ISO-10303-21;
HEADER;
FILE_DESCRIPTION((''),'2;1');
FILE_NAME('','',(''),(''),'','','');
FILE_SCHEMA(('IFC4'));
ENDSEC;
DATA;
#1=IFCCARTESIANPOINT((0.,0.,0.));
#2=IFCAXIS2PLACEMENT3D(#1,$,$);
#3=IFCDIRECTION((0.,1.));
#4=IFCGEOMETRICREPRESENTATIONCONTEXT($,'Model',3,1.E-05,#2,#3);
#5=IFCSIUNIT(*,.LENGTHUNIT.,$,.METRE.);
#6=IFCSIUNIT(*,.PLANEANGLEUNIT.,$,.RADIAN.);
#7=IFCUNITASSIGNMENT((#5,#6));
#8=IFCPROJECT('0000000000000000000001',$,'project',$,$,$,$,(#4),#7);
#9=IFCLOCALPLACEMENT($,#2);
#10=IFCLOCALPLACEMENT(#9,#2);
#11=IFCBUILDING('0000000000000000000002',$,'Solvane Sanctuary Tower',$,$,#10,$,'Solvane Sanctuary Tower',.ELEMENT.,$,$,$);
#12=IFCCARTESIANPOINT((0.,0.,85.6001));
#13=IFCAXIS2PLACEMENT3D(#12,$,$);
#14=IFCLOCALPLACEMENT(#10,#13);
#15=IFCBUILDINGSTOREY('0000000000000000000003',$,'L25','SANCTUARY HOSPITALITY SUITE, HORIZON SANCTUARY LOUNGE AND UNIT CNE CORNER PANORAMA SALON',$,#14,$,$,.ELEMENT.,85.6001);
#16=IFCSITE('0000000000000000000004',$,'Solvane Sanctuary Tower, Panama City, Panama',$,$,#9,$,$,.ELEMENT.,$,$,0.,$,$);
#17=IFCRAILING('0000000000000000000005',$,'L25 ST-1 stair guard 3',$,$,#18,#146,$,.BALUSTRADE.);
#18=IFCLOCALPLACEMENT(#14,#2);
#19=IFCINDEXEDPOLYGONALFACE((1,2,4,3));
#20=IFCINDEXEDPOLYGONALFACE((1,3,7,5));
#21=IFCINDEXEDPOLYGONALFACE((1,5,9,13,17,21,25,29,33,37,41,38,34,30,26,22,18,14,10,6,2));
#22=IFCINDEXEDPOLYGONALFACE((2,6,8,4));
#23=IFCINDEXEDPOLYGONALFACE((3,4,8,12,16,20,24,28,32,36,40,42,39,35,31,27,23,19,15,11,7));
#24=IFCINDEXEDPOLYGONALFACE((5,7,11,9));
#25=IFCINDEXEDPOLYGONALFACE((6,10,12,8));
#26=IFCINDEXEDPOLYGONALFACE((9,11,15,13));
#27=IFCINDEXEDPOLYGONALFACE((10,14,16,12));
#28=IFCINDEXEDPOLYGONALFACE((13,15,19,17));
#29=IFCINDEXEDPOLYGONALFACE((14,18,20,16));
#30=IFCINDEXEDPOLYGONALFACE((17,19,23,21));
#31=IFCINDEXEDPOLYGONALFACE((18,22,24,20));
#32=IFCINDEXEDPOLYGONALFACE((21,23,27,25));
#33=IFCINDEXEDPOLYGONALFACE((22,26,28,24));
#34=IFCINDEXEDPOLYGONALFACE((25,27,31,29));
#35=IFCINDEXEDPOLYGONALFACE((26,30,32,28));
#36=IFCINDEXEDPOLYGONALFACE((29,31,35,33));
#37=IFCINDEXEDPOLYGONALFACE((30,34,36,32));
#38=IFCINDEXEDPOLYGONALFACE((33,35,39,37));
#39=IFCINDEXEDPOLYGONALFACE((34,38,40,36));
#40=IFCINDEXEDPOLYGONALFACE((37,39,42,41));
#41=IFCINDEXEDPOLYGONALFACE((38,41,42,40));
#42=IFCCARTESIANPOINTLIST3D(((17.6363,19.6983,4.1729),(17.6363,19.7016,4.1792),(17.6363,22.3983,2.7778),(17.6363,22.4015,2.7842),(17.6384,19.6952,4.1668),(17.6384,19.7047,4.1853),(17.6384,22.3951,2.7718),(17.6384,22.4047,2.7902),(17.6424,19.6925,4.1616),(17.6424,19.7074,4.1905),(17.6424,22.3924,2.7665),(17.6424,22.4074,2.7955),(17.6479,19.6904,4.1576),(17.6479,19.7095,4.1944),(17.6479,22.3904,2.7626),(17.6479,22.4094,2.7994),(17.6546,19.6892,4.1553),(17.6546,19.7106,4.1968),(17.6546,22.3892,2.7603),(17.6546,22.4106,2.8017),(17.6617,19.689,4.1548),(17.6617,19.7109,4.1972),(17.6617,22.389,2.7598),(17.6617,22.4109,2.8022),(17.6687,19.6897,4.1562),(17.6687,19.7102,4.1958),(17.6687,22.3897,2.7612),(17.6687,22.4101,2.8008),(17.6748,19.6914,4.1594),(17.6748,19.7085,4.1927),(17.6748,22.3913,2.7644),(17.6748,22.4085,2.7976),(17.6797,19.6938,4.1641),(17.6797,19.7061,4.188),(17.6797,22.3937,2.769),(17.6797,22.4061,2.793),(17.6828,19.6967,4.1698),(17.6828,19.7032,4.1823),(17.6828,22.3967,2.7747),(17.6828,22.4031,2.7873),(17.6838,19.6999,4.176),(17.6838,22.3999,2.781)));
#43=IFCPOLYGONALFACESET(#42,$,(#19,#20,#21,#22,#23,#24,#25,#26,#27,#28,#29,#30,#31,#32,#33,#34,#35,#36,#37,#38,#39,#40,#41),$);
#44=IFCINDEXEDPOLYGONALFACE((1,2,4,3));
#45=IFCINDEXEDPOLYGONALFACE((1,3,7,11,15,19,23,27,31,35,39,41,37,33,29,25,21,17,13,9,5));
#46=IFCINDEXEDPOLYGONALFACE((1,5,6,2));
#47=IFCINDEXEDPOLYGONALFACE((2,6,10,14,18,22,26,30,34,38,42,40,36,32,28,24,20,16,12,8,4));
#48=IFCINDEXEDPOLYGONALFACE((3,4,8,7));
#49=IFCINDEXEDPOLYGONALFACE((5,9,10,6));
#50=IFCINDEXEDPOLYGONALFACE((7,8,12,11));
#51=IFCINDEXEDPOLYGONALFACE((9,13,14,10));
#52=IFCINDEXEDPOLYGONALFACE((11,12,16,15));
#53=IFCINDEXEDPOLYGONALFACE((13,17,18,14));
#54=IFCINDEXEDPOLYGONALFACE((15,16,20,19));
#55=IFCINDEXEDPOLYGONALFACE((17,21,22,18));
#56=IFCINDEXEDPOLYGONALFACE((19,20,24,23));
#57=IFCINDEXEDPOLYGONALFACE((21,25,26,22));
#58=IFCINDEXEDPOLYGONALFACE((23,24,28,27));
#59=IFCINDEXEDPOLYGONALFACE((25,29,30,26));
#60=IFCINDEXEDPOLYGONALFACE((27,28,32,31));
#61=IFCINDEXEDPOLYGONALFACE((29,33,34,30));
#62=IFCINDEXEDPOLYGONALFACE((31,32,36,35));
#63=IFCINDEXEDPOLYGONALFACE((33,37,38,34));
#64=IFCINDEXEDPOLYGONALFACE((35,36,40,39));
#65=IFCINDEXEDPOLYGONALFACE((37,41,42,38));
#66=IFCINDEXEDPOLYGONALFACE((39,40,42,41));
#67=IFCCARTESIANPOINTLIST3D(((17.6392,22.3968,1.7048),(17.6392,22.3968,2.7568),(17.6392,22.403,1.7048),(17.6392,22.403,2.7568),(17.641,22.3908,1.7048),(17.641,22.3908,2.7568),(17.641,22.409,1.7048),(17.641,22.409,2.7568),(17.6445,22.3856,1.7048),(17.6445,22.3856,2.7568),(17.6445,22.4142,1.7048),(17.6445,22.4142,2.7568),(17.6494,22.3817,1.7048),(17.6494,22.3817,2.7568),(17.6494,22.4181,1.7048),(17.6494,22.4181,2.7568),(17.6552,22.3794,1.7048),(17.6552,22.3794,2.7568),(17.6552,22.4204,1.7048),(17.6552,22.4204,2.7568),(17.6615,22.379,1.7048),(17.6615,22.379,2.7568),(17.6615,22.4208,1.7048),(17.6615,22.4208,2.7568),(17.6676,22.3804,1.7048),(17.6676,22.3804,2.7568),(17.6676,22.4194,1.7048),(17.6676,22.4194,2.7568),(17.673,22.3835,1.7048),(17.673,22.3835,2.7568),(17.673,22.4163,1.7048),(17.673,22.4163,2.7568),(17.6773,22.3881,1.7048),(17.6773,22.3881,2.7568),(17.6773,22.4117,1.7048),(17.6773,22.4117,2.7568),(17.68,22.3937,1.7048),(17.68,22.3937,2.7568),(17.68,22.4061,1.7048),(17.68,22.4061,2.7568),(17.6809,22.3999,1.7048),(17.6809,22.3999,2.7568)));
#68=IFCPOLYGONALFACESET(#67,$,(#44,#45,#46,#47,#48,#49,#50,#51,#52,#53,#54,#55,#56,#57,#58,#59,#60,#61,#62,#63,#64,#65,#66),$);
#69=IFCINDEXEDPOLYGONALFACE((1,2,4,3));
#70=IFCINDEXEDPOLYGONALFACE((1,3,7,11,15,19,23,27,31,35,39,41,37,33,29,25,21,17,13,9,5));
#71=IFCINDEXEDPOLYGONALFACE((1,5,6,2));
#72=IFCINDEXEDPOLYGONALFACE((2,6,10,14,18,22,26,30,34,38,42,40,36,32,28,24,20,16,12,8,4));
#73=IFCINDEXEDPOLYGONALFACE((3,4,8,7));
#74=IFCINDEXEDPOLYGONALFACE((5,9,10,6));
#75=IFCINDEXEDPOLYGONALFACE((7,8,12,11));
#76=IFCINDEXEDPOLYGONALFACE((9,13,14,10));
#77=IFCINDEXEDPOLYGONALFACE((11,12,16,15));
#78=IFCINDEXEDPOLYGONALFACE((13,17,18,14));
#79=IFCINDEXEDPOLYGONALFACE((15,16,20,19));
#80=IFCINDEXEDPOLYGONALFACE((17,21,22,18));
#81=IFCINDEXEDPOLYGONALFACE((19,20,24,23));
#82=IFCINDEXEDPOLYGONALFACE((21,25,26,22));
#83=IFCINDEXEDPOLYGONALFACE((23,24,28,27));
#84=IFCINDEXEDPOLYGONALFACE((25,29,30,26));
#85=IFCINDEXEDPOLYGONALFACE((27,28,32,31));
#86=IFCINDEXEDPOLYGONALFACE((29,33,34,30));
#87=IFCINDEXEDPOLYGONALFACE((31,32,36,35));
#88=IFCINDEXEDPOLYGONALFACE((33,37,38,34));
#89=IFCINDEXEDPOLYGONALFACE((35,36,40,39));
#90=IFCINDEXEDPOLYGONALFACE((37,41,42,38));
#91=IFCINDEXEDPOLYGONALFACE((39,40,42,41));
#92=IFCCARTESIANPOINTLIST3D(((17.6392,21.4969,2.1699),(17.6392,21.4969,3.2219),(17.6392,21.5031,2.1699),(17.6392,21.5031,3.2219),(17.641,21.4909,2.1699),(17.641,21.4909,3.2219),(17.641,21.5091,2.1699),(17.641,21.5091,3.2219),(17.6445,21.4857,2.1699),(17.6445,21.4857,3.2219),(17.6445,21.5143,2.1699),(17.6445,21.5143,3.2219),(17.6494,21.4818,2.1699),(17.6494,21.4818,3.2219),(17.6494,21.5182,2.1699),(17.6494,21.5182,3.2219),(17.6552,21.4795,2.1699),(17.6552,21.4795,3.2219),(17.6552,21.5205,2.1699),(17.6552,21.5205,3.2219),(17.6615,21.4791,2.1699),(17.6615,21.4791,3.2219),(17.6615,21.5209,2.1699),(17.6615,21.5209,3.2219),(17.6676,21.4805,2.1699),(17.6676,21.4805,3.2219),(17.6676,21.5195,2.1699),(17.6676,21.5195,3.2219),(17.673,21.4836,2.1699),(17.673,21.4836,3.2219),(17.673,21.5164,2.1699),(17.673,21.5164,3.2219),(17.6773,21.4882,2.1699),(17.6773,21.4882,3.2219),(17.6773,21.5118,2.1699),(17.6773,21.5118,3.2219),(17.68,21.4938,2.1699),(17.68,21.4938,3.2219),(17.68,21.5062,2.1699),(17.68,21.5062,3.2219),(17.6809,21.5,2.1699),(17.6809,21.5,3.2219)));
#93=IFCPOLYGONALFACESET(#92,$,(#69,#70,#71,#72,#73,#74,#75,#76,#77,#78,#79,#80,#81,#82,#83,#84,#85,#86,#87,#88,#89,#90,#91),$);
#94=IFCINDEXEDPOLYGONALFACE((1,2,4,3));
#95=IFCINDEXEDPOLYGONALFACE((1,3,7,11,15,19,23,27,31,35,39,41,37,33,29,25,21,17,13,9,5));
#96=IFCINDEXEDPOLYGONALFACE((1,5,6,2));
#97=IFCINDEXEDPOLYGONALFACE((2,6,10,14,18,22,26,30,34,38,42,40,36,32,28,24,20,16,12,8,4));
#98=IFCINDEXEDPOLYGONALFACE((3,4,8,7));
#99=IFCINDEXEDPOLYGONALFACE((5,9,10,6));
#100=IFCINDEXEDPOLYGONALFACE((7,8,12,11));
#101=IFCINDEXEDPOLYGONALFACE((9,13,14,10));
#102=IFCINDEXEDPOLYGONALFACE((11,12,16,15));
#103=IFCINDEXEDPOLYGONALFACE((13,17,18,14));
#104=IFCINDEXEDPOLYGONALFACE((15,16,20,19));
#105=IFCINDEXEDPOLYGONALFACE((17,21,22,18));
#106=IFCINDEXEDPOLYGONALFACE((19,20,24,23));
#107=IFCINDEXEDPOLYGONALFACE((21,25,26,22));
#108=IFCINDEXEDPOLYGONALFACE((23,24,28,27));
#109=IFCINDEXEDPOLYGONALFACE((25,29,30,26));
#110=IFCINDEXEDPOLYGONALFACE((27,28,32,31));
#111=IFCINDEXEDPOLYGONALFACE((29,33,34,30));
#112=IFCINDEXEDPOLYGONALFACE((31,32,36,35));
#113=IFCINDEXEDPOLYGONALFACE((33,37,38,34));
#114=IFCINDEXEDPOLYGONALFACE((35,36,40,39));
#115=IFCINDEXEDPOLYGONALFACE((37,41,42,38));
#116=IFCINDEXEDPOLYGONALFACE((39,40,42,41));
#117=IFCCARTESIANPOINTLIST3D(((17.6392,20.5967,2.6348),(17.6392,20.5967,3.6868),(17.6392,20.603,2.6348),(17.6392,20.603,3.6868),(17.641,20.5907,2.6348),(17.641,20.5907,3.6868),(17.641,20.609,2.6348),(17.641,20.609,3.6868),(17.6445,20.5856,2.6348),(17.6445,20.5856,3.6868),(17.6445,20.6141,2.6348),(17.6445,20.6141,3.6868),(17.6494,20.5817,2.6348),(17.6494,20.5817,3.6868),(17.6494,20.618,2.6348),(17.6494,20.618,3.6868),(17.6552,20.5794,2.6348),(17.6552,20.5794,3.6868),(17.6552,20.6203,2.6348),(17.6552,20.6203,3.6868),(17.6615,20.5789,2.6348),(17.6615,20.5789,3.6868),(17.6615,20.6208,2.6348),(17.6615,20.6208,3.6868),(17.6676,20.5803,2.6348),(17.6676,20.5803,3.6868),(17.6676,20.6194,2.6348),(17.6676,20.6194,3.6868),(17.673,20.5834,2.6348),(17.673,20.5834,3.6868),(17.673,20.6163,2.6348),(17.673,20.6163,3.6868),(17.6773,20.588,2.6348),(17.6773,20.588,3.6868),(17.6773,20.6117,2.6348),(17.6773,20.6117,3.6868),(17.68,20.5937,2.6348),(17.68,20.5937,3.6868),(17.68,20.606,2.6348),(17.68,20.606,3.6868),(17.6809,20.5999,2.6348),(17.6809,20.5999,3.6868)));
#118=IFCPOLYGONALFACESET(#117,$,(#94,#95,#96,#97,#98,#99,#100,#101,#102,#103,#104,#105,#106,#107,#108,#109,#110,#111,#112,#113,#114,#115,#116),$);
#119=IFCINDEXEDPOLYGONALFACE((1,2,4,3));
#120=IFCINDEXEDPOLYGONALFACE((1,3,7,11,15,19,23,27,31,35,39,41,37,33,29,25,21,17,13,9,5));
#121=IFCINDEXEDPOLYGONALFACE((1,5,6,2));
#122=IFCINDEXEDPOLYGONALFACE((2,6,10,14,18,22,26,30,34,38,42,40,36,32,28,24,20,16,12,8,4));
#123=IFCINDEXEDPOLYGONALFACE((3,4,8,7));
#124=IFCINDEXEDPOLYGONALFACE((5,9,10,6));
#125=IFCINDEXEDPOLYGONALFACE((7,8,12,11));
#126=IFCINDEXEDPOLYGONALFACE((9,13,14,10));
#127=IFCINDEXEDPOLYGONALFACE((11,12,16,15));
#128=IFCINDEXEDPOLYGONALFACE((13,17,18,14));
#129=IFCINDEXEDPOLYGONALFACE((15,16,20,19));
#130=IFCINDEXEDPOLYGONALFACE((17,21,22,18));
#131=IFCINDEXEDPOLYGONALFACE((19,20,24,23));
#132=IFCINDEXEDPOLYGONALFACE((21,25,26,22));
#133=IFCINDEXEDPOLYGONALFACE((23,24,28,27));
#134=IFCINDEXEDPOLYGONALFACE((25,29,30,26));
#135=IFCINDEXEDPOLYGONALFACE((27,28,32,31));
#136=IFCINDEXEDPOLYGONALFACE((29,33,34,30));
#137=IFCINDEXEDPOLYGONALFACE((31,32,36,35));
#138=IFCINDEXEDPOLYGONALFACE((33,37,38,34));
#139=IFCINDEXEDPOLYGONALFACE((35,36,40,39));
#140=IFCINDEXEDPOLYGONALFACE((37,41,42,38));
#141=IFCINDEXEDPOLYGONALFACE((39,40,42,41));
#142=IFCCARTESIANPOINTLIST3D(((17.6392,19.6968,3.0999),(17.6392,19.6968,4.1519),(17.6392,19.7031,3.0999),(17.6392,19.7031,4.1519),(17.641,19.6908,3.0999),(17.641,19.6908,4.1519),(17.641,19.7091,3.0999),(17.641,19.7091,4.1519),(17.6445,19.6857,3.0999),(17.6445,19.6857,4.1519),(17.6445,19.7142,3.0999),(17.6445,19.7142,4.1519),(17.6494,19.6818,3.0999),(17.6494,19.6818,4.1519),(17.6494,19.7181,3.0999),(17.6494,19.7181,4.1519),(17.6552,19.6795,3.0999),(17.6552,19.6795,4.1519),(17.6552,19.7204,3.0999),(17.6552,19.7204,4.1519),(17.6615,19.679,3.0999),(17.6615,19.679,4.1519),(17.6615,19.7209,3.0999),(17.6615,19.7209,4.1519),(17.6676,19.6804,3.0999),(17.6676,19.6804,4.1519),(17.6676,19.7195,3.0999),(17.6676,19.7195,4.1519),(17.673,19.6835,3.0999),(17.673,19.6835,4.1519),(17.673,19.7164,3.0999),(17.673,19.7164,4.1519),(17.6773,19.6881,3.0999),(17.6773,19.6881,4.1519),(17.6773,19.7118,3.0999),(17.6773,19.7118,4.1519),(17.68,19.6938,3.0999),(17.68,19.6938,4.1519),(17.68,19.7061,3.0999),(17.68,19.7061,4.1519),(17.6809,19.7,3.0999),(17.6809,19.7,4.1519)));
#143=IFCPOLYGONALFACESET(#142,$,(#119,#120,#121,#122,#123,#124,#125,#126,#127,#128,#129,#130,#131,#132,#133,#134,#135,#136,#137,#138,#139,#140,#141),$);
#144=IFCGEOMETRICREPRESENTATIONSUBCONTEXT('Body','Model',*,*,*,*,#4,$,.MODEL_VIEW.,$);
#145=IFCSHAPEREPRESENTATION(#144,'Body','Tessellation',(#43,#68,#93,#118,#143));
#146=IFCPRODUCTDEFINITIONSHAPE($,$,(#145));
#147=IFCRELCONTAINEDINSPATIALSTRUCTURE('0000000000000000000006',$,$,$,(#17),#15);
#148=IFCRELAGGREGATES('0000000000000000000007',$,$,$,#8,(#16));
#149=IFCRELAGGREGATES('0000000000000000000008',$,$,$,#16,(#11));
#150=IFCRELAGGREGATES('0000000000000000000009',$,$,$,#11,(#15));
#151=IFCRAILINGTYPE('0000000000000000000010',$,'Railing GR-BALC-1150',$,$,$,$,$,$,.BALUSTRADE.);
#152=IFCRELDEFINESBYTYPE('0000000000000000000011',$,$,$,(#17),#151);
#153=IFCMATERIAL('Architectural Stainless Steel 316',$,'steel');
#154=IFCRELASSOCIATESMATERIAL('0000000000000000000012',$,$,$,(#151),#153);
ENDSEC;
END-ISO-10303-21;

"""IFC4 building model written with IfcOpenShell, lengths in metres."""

from ifc_helpers import new_model, si_unit, direction, frame, origin, origin_2d, place, context, subcontext, project, spatial, circle, extrude, material, type_object, element, save


model = new_model("IFC4")

# Units and contexts
model_context = context("Model", 3, precision=1e-05, world=origin(), true_north=direction((0.0, 1.0)))
body_context = subcontext(model_context, "Body", "Model", "MODEL_VIEW")
ifc_project = project(units=[si_unit("LENGTHUNIT", "METRE"), si_unit("PLANEANGLEUNIT", "RADIAN")], contexts=[model_context])

# Site, building, storey
site_placement = place(None, origin())
site = spatial("IfcSite", under=ifc_project, at=site_placement, Name="Solvane Sanctuary Tower, Panama City, Panama", CompositionType="ELEMENT", RefElevation=0.0)
building_placement = place(site_placement, origin())
building = spatial("IfcBuilding", under=site, at=building_placement, Name="Solvane Sanctuary Tower", LongName="Solvane Sanctuary Tower", CompositionType="ELEMENT")
storey_placement = place(building_placement, frame((0.0, 0.0, 85.6001)))
storey = spatial("IfcBuildingStorey", under=building, at=storey_placement, Name="L25", Description="SANCTUARY HOSPITALITY SUITE, HORIZON SANCTUARY LOUNGE AND UNIT CNE CORNER PANORAMA SALON", CompositionType="ELEMENT", Elevation=85.6001)

# Railing
ifc_material_1 = material(Name="Architectural Stainless Steel 316", Category="steel")
railing_type_1 = type_object("IfcRailingType", Name="Railing GR-BALC-1150", PredefinedType="BALUSTRADE", material=ifc_material_1)
railing_1_placement = place(storey_placement, frame((17.6599, 22.3999, 1.7048)))
element("IfcRailing", 1, at=railing_1_placement, inside=storey, type_object=railing_type_1, Name="L25 ST-1 stair guard 3", PredefinedType="BALUSTRADE", context=body_context, shape_type="SweptSolid", body=[
    extrude(circle(Radius=0.0239, at=origin_2d()), frame((0.0, 0.0, 1.0762), z_axis=(0.0, -0.88842, 0.459032), x_axis=(1.0, 0.0, 0.0)), (0.0, 0.0, 1.0), 3.0391),
    extrude(circle(Radius=0.021, at=origin_2d()), origin(), (0.0, 0.0, 1.0), 1.052),
    extrude(circle(Radius=0.021, at=origin_2d()), frame((0.0, -0.8999, 0.4651)), (0.0, 0.0, 1.0), 1.052),
    extrude(circle(Radius=0.021, at=origin_2d()), frame((0.0, -1.8, 0.9299)), (0.0, 0.0, 1.0), 1.052),
    extrude(circle(Radius=0.021, at=origin_2d()), frame((0.0, -2.7, 1.395)), (0.0, 0.0, 1.0), 1.052),
])

save(model, "model.ifc")
